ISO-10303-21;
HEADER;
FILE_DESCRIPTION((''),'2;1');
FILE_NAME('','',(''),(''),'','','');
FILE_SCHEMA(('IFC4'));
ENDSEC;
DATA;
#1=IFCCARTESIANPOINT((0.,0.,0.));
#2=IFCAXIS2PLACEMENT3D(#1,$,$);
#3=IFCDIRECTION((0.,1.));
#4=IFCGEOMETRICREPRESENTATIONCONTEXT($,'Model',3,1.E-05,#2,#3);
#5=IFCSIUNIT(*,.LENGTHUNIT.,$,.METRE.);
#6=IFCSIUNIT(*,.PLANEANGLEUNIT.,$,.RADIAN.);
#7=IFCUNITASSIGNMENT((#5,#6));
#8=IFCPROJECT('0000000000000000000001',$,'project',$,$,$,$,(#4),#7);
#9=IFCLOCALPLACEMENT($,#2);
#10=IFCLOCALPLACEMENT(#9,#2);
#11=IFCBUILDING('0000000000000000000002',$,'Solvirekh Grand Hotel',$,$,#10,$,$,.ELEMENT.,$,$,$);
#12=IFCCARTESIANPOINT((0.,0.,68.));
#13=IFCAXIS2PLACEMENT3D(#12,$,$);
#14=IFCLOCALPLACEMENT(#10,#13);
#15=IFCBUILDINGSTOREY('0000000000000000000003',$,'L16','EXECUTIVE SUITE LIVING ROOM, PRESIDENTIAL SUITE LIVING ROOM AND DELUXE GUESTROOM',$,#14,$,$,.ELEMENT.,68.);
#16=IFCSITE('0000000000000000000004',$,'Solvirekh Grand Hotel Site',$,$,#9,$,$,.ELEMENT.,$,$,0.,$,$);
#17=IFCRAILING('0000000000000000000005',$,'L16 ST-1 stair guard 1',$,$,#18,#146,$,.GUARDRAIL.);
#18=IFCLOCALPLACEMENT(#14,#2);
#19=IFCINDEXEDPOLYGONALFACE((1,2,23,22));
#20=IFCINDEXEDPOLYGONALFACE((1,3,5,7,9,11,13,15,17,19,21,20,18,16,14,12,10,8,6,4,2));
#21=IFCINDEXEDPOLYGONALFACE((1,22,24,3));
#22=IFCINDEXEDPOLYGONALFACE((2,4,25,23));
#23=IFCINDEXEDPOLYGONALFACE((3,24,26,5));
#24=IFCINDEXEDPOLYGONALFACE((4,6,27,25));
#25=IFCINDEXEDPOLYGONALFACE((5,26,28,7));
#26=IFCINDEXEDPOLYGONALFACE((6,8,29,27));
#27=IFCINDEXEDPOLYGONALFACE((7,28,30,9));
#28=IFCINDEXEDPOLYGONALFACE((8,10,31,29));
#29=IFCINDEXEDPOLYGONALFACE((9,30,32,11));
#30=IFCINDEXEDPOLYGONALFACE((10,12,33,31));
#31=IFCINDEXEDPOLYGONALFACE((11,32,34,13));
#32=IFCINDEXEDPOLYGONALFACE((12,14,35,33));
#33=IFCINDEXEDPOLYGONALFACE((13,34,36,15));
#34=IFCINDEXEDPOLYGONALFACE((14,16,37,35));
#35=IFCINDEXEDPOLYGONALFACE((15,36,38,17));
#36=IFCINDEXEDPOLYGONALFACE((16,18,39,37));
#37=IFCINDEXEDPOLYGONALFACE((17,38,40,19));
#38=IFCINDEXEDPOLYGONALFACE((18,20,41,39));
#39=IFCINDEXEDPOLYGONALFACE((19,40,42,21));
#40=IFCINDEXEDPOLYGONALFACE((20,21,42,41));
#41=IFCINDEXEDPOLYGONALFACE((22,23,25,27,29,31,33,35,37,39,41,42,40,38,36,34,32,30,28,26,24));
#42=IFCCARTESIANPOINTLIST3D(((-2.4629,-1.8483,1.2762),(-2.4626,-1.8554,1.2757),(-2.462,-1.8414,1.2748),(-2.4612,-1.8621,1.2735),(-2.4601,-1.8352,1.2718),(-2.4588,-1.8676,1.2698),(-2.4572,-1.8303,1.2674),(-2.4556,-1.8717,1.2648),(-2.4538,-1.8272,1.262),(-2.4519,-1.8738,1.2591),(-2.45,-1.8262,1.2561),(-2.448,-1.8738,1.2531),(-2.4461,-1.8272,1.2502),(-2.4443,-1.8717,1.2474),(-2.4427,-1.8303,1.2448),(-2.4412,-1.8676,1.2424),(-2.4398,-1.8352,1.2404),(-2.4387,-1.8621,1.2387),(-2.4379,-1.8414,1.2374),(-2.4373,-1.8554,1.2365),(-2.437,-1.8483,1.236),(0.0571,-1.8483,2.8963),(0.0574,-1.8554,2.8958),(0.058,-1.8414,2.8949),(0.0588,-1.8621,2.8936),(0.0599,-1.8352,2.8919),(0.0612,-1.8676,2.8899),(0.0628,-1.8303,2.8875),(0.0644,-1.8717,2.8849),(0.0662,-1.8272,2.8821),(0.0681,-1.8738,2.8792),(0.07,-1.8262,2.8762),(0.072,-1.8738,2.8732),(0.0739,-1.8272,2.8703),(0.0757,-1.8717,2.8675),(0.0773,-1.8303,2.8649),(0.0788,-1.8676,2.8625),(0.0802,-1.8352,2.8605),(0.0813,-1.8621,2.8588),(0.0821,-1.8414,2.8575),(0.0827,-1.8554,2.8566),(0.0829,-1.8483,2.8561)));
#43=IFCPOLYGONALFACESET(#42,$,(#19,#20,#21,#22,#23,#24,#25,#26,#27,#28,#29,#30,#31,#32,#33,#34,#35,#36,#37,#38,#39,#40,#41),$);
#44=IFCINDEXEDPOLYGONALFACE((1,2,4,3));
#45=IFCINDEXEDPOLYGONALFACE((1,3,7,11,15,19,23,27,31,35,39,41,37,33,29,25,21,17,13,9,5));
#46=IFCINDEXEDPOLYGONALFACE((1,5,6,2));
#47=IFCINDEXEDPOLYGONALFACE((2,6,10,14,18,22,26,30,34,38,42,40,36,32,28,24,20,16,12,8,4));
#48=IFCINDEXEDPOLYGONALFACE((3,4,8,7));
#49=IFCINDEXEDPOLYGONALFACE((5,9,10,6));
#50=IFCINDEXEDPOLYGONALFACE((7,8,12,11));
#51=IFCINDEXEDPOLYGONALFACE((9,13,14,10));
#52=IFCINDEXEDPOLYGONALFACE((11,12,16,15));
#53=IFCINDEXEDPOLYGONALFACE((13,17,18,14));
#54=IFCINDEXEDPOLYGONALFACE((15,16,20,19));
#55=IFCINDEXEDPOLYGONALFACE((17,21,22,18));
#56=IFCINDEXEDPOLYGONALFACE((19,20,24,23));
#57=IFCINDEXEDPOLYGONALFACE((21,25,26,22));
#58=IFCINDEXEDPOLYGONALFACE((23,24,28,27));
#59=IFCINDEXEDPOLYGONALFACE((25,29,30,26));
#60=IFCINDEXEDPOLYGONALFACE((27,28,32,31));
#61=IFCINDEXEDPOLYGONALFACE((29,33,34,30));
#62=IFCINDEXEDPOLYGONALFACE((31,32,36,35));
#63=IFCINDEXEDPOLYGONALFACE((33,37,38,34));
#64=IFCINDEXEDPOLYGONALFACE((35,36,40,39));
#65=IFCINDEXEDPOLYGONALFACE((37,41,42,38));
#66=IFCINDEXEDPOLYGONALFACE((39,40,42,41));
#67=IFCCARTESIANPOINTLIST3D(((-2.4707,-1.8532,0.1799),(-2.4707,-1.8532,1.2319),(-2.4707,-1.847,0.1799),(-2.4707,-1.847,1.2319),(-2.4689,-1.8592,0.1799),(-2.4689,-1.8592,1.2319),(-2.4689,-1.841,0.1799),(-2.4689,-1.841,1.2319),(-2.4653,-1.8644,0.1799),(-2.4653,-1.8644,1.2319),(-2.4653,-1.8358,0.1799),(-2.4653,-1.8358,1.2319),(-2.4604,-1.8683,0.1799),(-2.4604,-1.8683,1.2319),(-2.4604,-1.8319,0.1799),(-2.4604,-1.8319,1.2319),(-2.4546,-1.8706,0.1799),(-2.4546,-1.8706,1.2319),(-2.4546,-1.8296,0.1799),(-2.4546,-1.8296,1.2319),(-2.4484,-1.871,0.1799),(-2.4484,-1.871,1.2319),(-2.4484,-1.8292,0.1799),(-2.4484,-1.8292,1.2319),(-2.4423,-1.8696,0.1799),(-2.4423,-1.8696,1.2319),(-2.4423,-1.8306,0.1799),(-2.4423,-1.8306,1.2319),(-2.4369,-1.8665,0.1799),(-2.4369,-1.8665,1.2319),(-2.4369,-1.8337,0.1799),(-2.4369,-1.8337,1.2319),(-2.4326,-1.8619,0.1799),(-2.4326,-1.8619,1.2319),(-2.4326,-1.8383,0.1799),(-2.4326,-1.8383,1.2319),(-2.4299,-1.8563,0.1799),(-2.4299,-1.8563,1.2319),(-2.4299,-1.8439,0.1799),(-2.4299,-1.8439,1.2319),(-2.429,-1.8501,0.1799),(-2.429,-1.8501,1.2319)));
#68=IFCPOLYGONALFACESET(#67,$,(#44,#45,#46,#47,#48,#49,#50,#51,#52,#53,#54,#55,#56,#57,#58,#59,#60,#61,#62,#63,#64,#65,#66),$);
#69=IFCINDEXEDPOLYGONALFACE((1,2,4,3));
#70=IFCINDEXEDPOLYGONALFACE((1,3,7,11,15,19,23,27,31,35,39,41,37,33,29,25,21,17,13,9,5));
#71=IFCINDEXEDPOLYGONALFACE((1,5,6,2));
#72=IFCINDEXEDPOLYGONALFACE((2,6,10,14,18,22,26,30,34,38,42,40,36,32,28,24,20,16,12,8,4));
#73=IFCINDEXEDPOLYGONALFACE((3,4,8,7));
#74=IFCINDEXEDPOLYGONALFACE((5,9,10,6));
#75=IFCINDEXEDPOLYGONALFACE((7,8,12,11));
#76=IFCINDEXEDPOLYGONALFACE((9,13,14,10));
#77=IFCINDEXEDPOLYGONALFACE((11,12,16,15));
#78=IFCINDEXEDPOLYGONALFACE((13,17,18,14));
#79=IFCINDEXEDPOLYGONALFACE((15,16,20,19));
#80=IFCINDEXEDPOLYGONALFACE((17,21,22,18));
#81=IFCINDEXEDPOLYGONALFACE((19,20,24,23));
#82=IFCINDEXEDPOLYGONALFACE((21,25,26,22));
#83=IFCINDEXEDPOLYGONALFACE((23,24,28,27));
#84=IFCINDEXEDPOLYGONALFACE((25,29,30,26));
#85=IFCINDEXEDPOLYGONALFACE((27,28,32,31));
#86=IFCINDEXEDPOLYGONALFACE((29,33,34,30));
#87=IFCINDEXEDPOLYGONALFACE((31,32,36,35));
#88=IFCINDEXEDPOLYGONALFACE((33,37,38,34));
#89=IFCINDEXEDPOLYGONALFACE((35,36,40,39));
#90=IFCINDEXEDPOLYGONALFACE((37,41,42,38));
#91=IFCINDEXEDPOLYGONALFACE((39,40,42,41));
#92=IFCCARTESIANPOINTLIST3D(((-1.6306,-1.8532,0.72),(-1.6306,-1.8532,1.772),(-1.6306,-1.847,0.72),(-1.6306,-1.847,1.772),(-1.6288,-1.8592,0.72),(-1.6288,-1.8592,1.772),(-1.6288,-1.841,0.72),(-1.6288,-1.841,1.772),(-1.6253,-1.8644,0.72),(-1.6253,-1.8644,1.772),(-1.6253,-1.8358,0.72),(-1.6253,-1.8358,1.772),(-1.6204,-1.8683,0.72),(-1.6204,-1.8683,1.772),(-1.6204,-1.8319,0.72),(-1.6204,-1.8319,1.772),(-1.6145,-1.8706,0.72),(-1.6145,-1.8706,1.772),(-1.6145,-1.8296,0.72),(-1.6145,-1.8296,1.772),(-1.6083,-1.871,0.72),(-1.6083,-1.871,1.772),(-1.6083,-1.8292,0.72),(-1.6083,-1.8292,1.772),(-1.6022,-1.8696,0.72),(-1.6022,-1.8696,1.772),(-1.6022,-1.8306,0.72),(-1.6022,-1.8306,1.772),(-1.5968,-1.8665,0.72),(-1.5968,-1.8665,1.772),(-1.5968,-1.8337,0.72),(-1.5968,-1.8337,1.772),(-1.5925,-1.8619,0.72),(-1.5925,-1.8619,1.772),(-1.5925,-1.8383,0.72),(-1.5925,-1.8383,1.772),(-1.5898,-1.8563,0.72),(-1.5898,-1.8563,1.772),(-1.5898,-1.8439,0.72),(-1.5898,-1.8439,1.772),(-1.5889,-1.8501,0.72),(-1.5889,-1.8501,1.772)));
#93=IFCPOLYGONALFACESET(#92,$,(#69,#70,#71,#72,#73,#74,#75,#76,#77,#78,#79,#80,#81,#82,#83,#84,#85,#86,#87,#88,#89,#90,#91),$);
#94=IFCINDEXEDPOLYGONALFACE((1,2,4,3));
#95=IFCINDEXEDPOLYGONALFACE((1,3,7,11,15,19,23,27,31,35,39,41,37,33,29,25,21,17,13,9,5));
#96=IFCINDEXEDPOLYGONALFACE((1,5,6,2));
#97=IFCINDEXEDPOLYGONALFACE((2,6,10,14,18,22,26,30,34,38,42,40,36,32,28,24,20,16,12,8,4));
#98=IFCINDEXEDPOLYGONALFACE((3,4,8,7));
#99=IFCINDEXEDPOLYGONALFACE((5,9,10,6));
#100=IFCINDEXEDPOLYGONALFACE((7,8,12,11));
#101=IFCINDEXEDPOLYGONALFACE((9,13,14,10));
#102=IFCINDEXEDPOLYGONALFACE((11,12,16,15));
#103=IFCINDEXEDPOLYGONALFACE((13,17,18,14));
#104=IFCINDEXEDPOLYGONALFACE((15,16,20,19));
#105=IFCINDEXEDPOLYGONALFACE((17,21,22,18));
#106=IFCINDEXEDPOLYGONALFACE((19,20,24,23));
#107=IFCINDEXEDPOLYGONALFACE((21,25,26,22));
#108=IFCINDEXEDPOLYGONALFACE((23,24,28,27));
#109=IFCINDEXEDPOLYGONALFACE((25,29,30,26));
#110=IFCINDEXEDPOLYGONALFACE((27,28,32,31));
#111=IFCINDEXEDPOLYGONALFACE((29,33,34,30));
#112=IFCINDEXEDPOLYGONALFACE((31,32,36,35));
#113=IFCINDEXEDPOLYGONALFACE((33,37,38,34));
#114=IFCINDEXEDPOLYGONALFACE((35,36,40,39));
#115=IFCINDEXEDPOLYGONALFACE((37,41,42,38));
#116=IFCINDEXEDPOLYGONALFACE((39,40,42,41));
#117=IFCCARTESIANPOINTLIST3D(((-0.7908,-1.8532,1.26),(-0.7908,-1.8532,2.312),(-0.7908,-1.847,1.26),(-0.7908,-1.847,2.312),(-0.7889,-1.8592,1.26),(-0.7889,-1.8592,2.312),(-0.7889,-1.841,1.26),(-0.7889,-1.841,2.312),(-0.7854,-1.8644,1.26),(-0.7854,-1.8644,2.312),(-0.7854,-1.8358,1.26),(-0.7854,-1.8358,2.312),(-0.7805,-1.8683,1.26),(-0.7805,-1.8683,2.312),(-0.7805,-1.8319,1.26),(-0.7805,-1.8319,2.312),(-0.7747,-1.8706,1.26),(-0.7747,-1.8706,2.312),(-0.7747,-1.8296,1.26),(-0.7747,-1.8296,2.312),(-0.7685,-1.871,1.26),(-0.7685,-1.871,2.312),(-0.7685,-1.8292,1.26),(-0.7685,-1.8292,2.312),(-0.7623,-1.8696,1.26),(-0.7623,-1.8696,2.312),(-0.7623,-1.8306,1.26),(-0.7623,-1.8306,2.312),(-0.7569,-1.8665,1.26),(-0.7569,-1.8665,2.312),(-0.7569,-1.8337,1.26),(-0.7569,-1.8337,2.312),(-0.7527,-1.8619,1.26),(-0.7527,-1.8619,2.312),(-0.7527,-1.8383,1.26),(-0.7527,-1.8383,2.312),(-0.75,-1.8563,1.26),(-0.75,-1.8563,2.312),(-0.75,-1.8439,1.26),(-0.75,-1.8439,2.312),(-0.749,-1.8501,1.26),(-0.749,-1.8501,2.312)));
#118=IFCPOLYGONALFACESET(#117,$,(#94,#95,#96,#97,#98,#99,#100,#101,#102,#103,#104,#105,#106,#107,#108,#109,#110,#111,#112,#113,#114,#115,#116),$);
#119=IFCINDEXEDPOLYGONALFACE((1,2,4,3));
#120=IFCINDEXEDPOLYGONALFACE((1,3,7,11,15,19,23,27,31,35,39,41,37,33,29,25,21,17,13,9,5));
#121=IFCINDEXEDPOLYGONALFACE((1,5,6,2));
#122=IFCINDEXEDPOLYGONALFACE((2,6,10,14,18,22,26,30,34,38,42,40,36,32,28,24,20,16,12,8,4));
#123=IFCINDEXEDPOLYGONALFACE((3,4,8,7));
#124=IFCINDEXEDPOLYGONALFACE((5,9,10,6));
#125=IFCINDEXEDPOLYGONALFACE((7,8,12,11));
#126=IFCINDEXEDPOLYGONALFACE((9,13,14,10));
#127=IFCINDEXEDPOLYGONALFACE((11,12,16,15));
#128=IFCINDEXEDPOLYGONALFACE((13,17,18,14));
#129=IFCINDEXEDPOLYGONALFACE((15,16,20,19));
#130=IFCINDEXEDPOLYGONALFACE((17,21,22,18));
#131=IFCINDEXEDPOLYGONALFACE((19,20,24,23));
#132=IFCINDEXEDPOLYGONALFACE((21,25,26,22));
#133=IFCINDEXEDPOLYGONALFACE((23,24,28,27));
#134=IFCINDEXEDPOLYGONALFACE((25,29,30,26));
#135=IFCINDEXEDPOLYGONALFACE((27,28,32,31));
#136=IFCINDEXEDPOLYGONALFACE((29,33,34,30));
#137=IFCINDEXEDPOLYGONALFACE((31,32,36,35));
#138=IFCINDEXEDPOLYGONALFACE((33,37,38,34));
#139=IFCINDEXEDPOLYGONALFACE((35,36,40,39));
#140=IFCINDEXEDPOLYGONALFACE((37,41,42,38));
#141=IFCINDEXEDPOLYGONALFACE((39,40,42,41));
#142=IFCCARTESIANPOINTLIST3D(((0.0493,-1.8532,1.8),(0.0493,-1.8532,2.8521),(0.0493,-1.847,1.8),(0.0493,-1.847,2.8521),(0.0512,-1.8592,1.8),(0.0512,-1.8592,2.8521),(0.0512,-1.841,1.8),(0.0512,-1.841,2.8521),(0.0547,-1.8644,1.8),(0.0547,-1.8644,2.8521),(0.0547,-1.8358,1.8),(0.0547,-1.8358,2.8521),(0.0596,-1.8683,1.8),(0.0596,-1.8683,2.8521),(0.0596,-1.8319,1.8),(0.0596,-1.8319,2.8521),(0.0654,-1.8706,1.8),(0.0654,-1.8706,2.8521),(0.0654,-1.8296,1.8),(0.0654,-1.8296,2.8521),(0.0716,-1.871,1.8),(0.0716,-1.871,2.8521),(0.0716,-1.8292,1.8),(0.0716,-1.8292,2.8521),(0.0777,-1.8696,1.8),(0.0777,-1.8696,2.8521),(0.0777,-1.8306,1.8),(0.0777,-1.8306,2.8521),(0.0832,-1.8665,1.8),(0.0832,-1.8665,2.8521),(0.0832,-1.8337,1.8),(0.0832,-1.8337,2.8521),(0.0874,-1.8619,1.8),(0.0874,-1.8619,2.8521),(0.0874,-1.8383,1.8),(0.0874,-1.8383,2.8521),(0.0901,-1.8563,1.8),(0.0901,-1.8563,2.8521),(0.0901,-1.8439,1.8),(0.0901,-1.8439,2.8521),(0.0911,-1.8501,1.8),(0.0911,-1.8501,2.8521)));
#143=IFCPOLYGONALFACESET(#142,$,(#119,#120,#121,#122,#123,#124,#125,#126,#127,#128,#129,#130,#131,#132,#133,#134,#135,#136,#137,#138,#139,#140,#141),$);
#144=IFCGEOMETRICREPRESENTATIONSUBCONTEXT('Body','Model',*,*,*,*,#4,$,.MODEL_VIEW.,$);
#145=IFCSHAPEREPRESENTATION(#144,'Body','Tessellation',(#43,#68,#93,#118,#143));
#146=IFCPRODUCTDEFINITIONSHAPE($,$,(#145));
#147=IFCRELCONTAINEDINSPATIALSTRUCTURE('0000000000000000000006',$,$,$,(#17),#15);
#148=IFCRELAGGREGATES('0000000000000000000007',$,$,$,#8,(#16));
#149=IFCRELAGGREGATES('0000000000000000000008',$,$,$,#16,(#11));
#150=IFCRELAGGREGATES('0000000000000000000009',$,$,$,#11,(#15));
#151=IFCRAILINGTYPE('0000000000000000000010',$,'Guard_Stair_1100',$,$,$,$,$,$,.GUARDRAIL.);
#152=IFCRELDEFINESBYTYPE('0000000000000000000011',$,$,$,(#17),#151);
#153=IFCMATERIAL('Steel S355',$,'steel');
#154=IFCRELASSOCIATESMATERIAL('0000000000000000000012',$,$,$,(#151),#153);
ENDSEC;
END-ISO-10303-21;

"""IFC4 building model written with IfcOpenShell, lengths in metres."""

from ifc_helpers import new_model, si_unit, direction, frame, origin, origin_2d, place, context, subcontext, project, spatial, circle, extrude, material, type_object, element, save


model = new_model("IFC4")

# Units and contexts
model_context = context("Model", 3, precision=1e-05, world=origin(), true_north=direction((0.0, 1.0)))
body_context = subcontext(model_context, "Body", "Model", "MODEL_VIEW")
ifc_project = project(units=[si_unit("LENGTHUNIT", "METRE"), si_unit("PLANEANGLEUNIT", "RADIAN")], contexts=[model_context])

# Site, building, storey
site_placement = place(None, origin())
site = spatial("IfcSite", under=ifc_project, at=site_placement, Name="Solvirekh Grand Hotel Site", CompositionType="ELEMENT", RefElevation=0.0)
building_placement = place(site_placement, origin())
building = spatial("IfcBuilding", under=site, at=building_placement, Name="Solvirekh Grand Hotel", CompositionType="ELEMENT")
storey_placement = place(building_placement, frame((0.0, 0.0, 68.0)))
storey = spatial("IfcBuildingStorey", under=building, at=storey_placement, Name="L16", Description="EXECUTIVE SUITE LIVING ROOM, PRESIDENTIAL SUITE LIVING ROOM AND DELUXE GUESTROOM", CompositionType="ELEMENT", Elevation=68.0)

# Railing
ifc_material_1 = material(Name="Steel S355", Category="steel")
railing_type_1 = type_object("IfcRailingType", Name="Guard_Stair_1100", PredefinedType="GUARDRAIL", material=ifc_material_1)
railing_1_placement = place(storey_placement, frame((-2.45, -1.8501, 0.1799)))
element("IfcRailing", 1, at=railing_1_placement, inside=storey, type_object=railing_type_1, Name="L16 ST-1 stair guard 1", PredefinedType="GUARDRAIL", context=body_context, shape_type="SweptSolid", body=[
    extrude(circle(Radius=0.0239, at=origin_2d()), frame((0.0, 0.0, 1.0762), z_axis=(0.841163, 0.0, 0.540782), x_axis=(0.0, 1.0, 0.0)), (0.0, 0.0, 1.0), 2.9958),
    extrude(circle(Radius=0.021, at=origin_2d()), origin(), (0.0, 0.0, 1.0), 1.052),
    extrude(circle(Radius=0.021, at=origin_2d()), frame((0.8401, 0.0, 0.54)), (0.0, 0.0, 1.0), 1.052),
    extrude(circle(Radius=0.021, at=origin_2d()), frame((1.6799, 0.0, 1.0801)), (0.0, 0.0, 1.0), 1.052),
    extrude(circle(Radius=0.021, at=origin_2d()), frame((2.52, 0.0, 1.6201)), (0.0, 0.0, 1.0), 1.052),
])

save(model, "model.ifc")
